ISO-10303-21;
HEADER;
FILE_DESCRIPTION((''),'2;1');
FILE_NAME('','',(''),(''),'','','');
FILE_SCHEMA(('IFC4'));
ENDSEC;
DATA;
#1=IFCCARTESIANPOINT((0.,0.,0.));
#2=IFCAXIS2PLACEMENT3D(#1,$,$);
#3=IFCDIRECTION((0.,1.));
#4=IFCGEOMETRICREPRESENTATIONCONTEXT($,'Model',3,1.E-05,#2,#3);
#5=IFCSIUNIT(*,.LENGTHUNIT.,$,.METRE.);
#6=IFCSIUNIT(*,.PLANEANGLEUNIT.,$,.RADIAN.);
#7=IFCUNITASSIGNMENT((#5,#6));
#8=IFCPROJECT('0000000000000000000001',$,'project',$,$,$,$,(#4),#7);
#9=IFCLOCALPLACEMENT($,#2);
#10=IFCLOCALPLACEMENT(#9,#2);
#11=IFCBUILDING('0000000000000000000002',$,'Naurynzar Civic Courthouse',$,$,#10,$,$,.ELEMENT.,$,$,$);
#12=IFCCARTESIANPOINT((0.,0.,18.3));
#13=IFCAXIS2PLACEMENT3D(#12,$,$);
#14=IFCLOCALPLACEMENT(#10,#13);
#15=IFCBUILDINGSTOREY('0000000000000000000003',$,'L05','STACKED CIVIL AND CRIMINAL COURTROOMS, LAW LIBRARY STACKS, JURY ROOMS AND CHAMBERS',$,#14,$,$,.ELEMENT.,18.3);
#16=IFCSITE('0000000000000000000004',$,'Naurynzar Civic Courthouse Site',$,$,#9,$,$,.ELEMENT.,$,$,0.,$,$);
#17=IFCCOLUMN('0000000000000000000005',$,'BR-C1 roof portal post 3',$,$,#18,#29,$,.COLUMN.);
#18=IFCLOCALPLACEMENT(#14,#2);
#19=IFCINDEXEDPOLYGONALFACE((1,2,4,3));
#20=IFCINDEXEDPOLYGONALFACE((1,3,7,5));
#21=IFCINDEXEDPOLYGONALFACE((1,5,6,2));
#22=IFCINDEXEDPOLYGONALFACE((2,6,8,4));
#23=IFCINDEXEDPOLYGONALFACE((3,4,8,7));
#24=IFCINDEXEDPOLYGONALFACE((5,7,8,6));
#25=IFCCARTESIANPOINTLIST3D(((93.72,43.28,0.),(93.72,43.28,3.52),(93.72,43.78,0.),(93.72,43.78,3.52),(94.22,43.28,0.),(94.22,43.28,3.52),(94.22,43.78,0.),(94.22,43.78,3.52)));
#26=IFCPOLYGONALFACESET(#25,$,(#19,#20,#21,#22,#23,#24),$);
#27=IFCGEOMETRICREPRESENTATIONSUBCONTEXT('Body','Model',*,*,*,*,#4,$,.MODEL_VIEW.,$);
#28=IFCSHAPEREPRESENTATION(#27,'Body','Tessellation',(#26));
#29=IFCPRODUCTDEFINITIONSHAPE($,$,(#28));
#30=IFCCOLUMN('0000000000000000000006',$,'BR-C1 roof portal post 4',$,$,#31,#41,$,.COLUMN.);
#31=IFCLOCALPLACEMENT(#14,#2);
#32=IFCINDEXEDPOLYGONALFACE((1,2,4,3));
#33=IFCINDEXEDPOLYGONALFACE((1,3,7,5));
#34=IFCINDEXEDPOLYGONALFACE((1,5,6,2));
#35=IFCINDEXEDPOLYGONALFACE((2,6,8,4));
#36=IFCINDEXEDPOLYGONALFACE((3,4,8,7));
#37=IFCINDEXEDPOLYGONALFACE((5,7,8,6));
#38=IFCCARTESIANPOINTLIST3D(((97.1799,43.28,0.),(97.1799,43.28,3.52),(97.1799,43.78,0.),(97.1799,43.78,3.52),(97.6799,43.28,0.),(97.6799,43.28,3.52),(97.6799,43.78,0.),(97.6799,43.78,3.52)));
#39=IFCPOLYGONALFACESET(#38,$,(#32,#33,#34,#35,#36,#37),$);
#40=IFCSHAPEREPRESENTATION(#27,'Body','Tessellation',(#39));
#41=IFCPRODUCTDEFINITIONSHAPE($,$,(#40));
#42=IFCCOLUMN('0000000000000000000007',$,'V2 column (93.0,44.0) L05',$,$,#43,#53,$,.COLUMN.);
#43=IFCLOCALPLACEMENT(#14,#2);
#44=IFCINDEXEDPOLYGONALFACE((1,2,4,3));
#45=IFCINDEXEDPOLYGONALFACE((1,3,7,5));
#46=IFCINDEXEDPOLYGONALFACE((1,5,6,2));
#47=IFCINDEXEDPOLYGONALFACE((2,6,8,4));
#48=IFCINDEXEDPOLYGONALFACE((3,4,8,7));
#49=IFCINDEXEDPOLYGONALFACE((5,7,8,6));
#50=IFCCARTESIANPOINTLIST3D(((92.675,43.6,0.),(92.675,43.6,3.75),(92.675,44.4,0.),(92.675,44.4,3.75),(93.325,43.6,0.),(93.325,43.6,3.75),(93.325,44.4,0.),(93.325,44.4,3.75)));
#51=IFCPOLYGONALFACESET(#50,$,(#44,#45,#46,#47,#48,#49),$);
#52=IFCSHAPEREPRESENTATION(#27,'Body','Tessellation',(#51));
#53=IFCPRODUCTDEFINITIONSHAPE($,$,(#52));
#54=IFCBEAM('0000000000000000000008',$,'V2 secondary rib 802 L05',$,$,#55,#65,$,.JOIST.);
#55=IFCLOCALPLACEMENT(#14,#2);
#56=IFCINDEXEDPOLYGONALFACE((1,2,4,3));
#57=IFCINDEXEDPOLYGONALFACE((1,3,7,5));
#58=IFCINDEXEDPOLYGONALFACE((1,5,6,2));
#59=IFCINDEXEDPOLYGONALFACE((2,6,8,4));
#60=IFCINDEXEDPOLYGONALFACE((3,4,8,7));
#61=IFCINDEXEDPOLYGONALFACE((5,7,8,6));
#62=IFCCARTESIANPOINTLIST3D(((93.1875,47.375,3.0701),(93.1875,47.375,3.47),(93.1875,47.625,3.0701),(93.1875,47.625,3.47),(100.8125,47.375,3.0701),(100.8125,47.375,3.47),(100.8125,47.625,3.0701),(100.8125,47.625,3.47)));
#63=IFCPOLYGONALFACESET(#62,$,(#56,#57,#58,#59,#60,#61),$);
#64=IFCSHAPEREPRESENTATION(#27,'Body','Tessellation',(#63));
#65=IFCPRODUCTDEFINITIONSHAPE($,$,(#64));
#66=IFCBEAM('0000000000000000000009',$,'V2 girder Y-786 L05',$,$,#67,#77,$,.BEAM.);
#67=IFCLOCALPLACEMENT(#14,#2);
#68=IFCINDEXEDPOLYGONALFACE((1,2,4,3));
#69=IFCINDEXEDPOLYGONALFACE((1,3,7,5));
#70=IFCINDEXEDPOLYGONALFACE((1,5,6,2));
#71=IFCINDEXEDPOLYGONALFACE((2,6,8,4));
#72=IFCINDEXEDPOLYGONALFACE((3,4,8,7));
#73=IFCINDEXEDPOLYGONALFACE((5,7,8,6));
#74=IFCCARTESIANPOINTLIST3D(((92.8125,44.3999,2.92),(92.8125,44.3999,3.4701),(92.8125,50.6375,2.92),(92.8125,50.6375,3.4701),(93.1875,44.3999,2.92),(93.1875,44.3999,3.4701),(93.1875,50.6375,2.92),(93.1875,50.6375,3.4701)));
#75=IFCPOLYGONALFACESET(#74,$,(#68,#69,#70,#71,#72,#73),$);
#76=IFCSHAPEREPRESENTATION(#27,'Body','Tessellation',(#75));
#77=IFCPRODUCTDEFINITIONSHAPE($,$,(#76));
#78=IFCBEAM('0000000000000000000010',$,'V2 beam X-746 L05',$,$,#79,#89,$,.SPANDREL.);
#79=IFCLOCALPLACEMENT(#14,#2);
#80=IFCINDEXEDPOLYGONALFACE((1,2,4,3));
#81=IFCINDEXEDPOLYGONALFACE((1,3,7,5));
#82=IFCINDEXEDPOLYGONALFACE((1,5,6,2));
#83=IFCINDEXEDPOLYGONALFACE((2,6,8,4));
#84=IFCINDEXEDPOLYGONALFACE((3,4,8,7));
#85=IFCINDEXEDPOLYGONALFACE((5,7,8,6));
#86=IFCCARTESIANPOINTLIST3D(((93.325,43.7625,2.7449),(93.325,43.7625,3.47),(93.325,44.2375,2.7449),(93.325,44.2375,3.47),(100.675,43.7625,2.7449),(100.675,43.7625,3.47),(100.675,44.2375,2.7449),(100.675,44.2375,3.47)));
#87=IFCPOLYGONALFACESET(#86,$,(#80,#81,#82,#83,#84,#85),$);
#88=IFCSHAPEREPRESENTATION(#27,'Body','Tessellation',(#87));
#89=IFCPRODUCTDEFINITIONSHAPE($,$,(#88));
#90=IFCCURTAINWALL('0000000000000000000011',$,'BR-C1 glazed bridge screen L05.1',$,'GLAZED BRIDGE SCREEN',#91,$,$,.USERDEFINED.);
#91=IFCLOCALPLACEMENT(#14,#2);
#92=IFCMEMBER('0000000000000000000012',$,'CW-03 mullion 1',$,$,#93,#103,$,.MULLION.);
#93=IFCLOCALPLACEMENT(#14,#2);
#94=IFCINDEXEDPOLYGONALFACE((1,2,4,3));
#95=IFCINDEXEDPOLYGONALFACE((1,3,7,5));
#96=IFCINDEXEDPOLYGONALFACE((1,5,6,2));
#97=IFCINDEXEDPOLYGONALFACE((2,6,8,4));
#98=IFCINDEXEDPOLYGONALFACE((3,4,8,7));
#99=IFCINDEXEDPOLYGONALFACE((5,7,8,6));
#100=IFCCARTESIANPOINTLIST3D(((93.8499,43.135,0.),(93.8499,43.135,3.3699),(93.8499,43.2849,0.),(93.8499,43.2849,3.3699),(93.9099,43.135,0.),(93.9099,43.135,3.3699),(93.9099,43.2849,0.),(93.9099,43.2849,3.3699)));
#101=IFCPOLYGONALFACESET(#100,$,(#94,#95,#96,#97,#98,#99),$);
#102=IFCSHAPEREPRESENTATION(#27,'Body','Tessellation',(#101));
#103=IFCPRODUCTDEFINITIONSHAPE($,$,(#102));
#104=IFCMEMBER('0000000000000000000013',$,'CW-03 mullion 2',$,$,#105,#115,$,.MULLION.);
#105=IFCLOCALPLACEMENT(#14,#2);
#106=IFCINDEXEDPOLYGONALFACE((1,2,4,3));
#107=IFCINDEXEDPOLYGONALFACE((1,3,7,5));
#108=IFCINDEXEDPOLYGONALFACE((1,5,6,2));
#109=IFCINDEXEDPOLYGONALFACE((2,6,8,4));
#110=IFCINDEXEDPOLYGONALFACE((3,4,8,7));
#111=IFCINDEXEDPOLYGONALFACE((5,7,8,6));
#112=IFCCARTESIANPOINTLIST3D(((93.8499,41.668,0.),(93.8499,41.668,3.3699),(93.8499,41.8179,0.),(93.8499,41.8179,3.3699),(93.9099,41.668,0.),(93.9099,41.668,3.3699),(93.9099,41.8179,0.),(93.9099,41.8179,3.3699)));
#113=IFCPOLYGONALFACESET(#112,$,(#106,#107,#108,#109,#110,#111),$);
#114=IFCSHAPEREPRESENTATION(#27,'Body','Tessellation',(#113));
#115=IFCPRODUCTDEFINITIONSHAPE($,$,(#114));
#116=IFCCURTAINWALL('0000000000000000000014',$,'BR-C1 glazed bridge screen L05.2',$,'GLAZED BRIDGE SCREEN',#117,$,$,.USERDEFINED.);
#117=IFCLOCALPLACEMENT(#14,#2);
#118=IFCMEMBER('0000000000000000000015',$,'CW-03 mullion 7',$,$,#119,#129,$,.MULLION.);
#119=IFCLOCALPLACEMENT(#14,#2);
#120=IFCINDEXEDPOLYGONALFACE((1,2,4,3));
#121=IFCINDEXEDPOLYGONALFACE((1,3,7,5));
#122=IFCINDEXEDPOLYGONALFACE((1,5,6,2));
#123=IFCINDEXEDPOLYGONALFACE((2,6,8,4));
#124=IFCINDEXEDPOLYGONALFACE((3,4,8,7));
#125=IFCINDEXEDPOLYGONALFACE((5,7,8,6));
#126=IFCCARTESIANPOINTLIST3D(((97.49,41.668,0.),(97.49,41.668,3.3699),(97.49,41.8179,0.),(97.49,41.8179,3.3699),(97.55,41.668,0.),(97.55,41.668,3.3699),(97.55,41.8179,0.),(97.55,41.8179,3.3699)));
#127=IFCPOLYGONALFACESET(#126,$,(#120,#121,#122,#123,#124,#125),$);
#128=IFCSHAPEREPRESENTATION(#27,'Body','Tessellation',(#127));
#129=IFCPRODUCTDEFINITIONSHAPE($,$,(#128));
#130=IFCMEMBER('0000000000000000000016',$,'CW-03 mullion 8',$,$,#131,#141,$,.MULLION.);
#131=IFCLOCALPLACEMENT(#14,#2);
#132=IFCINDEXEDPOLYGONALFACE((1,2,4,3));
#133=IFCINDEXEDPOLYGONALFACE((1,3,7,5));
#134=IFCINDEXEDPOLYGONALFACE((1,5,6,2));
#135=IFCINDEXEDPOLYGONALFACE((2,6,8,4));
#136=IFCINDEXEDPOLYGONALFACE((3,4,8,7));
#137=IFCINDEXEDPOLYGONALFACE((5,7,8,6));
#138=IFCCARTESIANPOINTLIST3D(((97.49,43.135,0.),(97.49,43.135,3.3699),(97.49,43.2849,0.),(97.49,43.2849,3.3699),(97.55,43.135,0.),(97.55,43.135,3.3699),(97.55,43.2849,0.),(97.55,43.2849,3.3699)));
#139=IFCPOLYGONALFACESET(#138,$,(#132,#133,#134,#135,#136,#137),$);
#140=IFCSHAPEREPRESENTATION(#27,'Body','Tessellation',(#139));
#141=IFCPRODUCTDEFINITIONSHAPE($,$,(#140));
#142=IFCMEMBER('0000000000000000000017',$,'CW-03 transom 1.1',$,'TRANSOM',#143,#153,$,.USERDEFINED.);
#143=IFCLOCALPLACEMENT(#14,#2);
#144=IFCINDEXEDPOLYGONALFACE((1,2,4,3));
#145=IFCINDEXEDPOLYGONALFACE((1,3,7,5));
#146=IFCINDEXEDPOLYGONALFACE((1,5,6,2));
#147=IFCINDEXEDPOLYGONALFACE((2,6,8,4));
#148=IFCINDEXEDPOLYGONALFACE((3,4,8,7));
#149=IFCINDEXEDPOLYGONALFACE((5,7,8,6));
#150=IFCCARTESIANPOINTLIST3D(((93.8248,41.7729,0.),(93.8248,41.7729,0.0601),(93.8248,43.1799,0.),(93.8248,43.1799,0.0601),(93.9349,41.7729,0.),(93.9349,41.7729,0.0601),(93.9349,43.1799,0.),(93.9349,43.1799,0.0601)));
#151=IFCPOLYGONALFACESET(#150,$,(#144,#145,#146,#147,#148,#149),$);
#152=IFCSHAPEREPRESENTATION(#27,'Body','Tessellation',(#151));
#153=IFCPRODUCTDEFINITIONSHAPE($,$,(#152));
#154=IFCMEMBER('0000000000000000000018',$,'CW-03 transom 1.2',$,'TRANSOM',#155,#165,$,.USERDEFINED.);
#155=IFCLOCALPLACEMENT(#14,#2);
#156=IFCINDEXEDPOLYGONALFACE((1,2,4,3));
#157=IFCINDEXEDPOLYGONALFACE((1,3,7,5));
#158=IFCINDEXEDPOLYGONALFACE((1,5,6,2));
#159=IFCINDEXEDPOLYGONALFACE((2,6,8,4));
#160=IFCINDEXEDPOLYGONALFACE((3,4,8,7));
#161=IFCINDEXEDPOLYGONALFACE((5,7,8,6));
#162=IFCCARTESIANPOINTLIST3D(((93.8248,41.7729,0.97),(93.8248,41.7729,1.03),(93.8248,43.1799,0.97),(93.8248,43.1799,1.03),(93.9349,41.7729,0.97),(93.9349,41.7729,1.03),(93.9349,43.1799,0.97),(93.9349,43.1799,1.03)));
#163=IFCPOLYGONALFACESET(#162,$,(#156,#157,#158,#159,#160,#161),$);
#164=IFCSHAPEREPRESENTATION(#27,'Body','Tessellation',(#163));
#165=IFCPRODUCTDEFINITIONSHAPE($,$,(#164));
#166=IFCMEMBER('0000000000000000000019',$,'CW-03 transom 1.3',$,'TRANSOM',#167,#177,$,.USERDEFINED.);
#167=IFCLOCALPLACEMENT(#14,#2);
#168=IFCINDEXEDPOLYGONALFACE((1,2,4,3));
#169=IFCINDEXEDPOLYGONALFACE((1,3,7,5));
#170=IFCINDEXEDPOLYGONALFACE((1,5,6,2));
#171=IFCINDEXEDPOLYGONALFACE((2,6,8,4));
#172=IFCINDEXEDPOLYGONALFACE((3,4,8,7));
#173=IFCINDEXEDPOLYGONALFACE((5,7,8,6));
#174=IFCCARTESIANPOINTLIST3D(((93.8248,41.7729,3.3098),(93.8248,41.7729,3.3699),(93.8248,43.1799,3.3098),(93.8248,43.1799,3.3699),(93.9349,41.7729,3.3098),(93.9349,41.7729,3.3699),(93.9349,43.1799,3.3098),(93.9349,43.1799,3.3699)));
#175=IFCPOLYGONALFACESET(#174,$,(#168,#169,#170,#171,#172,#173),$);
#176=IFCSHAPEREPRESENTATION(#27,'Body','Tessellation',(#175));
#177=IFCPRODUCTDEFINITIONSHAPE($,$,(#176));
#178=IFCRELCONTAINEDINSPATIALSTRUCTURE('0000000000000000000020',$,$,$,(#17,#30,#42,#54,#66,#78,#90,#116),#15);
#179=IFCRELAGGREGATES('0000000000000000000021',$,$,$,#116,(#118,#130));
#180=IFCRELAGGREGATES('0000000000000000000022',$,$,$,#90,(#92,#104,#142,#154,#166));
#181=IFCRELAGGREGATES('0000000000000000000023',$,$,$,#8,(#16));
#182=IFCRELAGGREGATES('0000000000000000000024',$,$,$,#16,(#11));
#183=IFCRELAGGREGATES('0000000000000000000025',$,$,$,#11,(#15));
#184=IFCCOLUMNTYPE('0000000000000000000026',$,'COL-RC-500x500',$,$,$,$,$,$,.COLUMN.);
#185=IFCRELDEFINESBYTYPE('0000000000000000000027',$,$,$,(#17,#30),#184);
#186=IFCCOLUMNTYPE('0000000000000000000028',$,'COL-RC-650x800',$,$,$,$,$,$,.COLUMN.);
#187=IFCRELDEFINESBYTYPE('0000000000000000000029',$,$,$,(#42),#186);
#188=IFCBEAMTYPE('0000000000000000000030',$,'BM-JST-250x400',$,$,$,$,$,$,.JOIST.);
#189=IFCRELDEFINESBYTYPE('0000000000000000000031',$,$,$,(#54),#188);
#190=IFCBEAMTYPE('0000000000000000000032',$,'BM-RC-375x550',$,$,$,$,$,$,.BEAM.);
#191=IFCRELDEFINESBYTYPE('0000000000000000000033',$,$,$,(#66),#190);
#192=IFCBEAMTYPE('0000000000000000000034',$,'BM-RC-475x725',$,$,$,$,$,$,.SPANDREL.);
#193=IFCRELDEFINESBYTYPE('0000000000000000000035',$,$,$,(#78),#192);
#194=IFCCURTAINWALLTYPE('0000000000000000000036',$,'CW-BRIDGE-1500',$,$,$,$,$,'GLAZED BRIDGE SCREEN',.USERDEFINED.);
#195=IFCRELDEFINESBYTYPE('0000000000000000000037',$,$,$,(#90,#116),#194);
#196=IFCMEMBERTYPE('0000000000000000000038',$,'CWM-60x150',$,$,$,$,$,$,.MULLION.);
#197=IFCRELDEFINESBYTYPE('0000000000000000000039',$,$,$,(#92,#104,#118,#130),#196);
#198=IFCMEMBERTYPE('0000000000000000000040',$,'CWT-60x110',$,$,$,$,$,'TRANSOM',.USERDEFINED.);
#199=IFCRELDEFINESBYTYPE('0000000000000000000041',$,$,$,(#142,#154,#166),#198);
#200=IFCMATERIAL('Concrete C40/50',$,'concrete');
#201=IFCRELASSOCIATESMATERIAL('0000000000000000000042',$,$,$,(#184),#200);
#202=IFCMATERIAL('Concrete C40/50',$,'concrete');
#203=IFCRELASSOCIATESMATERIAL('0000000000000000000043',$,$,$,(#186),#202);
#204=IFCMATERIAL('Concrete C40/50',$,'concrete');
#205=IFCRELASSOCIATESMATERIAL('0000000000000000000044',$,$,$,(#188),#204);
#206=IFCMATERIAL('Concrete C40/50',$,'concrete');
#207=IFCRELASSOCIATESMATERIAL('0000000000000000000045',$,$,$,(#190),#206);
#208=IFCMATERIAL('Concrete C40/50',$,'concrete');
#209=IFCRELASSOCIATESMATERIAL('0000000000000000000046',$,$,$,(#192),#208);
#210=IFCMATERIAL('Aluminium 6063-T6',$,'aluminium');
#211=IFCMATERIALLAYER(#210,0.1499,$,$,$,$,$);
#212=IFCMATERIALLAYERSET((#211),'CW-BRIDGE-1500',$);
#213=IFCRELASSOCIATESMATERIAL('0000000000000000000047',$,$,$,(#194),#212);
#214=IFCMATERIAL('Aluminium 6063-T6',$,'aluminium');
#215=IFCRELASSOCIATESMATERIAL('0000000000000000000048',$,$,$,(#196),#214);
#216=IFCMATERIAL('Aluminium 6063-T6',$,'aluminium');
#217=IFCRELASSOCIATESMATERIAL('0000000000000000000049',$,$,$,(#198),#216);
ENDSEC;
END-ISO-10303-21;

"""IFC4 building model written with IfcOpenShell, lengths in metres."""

from ifc_helpers import new_model, si_unit, direction, frame, origin, origin_2d, place, context, subcontext, project, spatial, rectangle, extrude, material, layer, layer_set, material_profile, profile_set, type_object, element, aggregate, save


model = new_model("IFC4")

# Units and contexts
model_context = context("Model", 3, precision=1e-05, world=origin(), true_north=direction((0.0, 1.0)))
body_context = subcontext(model_context, "Body", "Model", "MODEL_VIEW")
ifc_project = project(units=[si_unit("LENGTHUNIT", "METRE"), si_unit("PLANEANGLEUNIT", "RADIAN")], contexts=[model_context])

# Site, building, storey
site_placement = place(None, origin())
site = spatial("IfcSite", under=ifc_project, at=site_placement, Name="Naurynzar Civic Courthouse Site", CompositionType="ELEMENT", RefElevation=0.0)
building_placement = place(site_placement, origin())
building = spatial("IfcBuilding", under=site, at=building_placement, Name="Naurynzar Civic Courthouse", CompositionType="ELEMENT")
storey_placement = place(building_placement, frame((0.0, 0.0, 18.3)))
storey = spatial("IfcBuildingStorey", under=building, at=storey_placement, Name="L05", Description="STACKED CIVIL AND CRIMINAL COURTROOMS, LAW LIBRARY STACKS, JURY ROOMS AND CHAMBERS", CompositionType="ELEMENT", Elevation=18.3)

# Columns
ifc_material_1 = material(Name="Concrete C40/50", Category="concrete")
ifc_material_profile_1 = material_profile(ifc_material_1, rectangle(XDim=0.5, YDim=0.5, at=origin_2d()), Name="RC 500x500")
ifc_profile_set_1 = profile_set([ifc_material_profile_1], Name="Concrete C40/50")
column_type_1 = type_object("IfcColumnType", Name="COL-RC-500x500", PredefinedType="COLUMN", material=ifc_profile_set_1)
for number, where, z_axis, x_axis, name in (
    (1, (93.97, 43.53, 0.0), (0.0, 0.0, 1.0), (1.0, 0.0, 0.0), "BR-C1 roof portal post 3"),
    (2, (97.4299, 43.53, 0.0), (0.0, 0.0, 1.0), (1.0, 0.0, 0.0), "BR-C1 roof portal post 4"),
):
    element("IfcColumn", number, at=place(storey_placement, frame(where, z_axis=z_axis, x_axis=x_axis)), inside=storey, type_object=column_type_1, Name=name, PredefinedType="COLUMN", context=body_context, shape_type="SweptSolid", body=[
        extrude(rectangle(XDim=0.5, YDim=0.5, at=origin_2d()), origin(), (0.0, 0.0, 1.0), 3.52),
    ])
ifc_material_2 = material(Name="Concrete C40/50", Category="concrete")
ifc_material_profile_2 = material_profile(ifc_material_2, rectangle(XDim=0.6499, YDim=0.8, at=origin_2d()), Name="RC 650x800")
ifc_profile_set_2 = profile_set([ifc_material_profile_2], Name="Concrete C40/50")
column_type_2 = type_object("IfcColumnType", Name="COL-RC-650x800", PredefinedType="COLUMN", material=ifc_profile_set_2)
column_placement = place(storey_placement, frame((93.0, 44.0, 0.0), z_axis=(0.0, 0.0, 1.0), x_axis=(1.0, 0.0, 0.0)))
element("IfcColumn", 3, at=column_placement, inside=storey, type_object=column_type_2, Name="V2 column (93.0,44.0) L05", PredefinedType="COLUMN", context=body_context, shape_type="SweptSolid", body=[
    extrude(rectangle(XDim=0.6499, YDim=0.8, at=origin_2d()), origin(), (0.0, 0.0, 1.0), 3.75),
])

# Beams
ifc_material_3 = material(Name="Concrete C40/50", Category="concrete")
ifc_material_profile_3 = material_profile(ifc_material_3, rectangle(XDim=0.25, YDim=0.3999, at=origin_2d()), Name="RCB 250x400")
ifc_profile_set_3 = profile_set([ifc_material_profile_3], Name="Concrete C40/50")
beam_type_1 = type_object("IfcBeamType", Name="BM-JST-250x400", PredefinedType="JOIST", material=ifc_profile_set_3)
beam_1_placement = place(storey_placement, frame((93.1875, 47.5, 3.27), z_axis=(1.0, 0.0, 0.0), x_axis=(0.0, 1.0, 0.0)))
element("IfcBeam", 4, at=beam_1_placement, inside=storey, type_object=beam_type_1, Name="V2 secondary rib 802 L05", PredefinedType="JOIST", context=body_context, shape_type="SweptSolid", body=[
    extrude(rectangle(XDim=0.25, YDim=0.3999, at=origin_2d()), origin(), (0.0, 0.0, 1.0), 7.625),
])
ifc_material_4 = material(Name="Concrete C40/50", Category="concrete")
ifc_material_profile_4 = material_profile(ifc_material_4, rectangle(XDim=0.375, YDim=0.55, at=origin_2d()), Name="RCB 375x550")
ifc_profile_set_4 = profile_set([ifc_material_profile_4], Name="Concrete C40/50")
beam_type_2 = type_object("IfcBeamType", Name="BM-RC-375x550", PredefinedType="BEAM", material=ifc_profile_set_4)
beam_2_placement = place(storey_placement, frame((93.0, 44.3999, 3.1951), z_axis=(0.0, 1.0, 0.0), x_axis=(-1.0, 0.0, 0.0)))
element("IfcBeam", 5, at=beam_2_placement, inside=storey, type_object=beam_type_2, Name="V2 girder Y-786 L05", PredefinedType="BEAM", context=body_context, shape_type="SweptSolid", body=[
    extrude(rectangle(XDim=0.375, YDim=0.55, at=origin_2d()), origin(), (0.0, 0.0, 1.0), 6.2375),
])
ifc_material_5 = material(Name="Concrete C40/50", Category="concrete")
ifc_material_profile_5 = material_profile(ifc_material_5, rectangle(XDim=0.4751, YDim=0.7251, at=origin_2d()), Name="RCB 475x725")
ifc_profile_set_5 = profile_set([ifc_material_profile_5], Name="Concrete C40/50")
beam_type_3 = type_object("IfcBeamType", Name="BM-RC-475x725", PredefinedType="SPANDREL", material=ifc_profile_set_5)
beam_3_placement = place(storey_placement, frame((93.325, 44.0, 3.1074), z_axis=(1.0, 0.0, 0.0), x_axis=(0.0, 1.0, 0.0)))
element("IfcBeam", 6, at=beam_3_placement, inside=storey, type_object=beam_type_3, Name="V2 beam X-746 L05", PredefinedType="SPANDREL", context=body_context, shape_type="SweptSolid", body=[
    extrude(rectangle(XDim=0.4751, YDim=0.7251, at=origin_2d()), origin(), (0.0, 0.0, 1.0), 7.3501),
])

# Curtain walls, members
ifc_material_6 = material(Name="Aluminium 6063-T6", Category="aluminium")
ifc_layer_1 = layer(ifc_material_6, 0.1499)
ifc_layer_set_1 = layer_set([ifc_layer_1], Name="CW-BRIDGE-1500")
curtain_wall_type = type_object("IfcCurtainWallType", Name="CW-BRIDGE-1500", ElementType="GLAZED BRIDGE SCREEN", PredefinedType="USERDEFINED", material=ifc_layer_set_1)
curtain_wall_1_placement = place(storey_placement, origin())
curtain_wall_1 = element("IfcCurtainWall", 7, at=curtain_wall_1_placement, inside=storey, type_object=curtain_wall_type, Name="BR-C1 glazed bridge screen L05.1", ObjectType="GLAZED BRIDGE SCREEN", PredefinedType="USERDEFINED")
ifc_material_7 = material(Name="Aluminium 6063-T6", Category="aluminium")
ifc_material_profile_6 = material_profile(ifc_material_7, rectangle(XDim=0.0601, YDim=0.1499, at=origin_2d()), Name="ALU MULLION 60x150")
ifc_profile_set_6 = profile_set([ifc_material_profile_6], Name="Aluminium 6063-T6")
member_type_1 = type_object("IfcMemberType", Name="CWM-60x150", PredefinedType="MULLION", material=ifc_profile_set_6)
member_1_placement = place(storey_placement, frame((93.8799, 43.21, 0.0), z_axis=(0.0, 0.0, 1.0), x_axis=(1.0, 0.0, 0.0)))
member_1 = element("IfcMember", 8, at=member_1_placement, type_object=member_type_1, Name="CW-03 mullion 1", PredefinedType="MULLION", context=body_context, shape_type="SweptSolid", body=[
    extrude(rectangle(XDim=0.0601, YDim=0.1499, at=origin_2d()), origin(), (0.0, 0.0, 1.0), 3.3699),
])
member_2_placement = place(storey_placement, frame((93.8799, 41.7429, 0.0), z_axis=(0.0, 0.0, 1.0), x_axis=(1.0, 0.0, 0.0)))
member_2 = element("IfcMember", 9, at=member_2_placement, type_object=member_type_1, Name="CW-03 mullion 2", PredefinedType="MULLION", context=body_context, shape_type="SweptSolid", body=[
    extrude(rectangle(XDim=0.0601, YDim=0.1499, at=origin_2d()), origin(), (0.0, 0.0, 1.0), 3.3699),
])
curtain_wall_2_placement = place(storey_placement, origin())
curtain_wall_2 = element("IfcCurtainWall", 10, at=curtain_wall_2_placement, inside=storey, type_object=curtain_wall_type, Name="BR-C1 glazed bridge screen L05.2", ObjectType="GLAZED BRIDGE SCREEN", PredefinedType="USERDEFINED")
member_3_placement = place(storey_placement, frame((97.52, 41.7429, 0.0), z_axis=(0.0, 0.0, 1.0), x_axis=(-1.0, 0.0, 0.0)))
member_3 = element("IfcMember", 11, at=member_3_placement, type_object=member_type_1, Name="CW-03 mullion 7", PredefinedType="MULLION", context=body_context, shape_type="SweptSolid", body=[
    extrude(rectangle(XDim=0.0601, YDim=0.1499, at=origin_2d()), origin(), (0.0, 0.0, 1.0), 3.3699),
])
member_4_placement = place(storey_placement, frame((97.52, 43.21, 0.0), z_axis=(0.0, 0.0, 1.0), x_axis=(-1.0, 0.0, 0.0)))
member_4 = element("IfcMember", 12, at=member_4_placement, type_object=member_type_1, Name="CW-03 mullion 8", PredefinedType="MULLION", context=body_context, shape_type="SweptSolid", body=[
    extrude(rectangle(XDim=0.0601, YDim=0.1499, at=origin_2d()), origin(), (0.0, 0.0, 1.0), 3.3699),
])
aggregate(curtain_wall_2, [member_3, member_4])

# Members
ifc_material_8 = material(Name="Aluminium 6063-T6", Category="aluminium")
ifc_material_profile_7 = material_profile(ifc_material_8, rectangle(XDim=0.1101, YDim=0.0601, at=origin_2d()), Name="ALU TRANSOM 60x110")
ifc_profile_set_7 = profile_set([ifc_material_profile_7], Name="Aluminium 6063-T6")
member_type_2 = type_object("IfcMemberType", Name="CWT-60x110", ElementType="TRANSOM", PredefinedType="USERDEFINED", material=ifc_profile_set_7)
member_5_placement = place(storey_placement, frame((93.8799, 43.1799, 0.03), z_axis=(0.0, -1.0, 0.0), x_axis=(1.0, 0.0, 0.0)))
member_5 = element("IfcMember", 13, at=member_5_placement, type_object=member_type_2, Name="CW-03 transom 1.1", ObjectType="TRANSOM", PredefinedType="USERDEFINED", context=body_context, shape_type="SweptSolid", body=[
    extrude(rectangle(XDim=0.1101, YDim=0.0601, at=origin_2d()), origin(), (0.0, 0.0, 1.0), 1.407),
])
member_6_placement = place(storey_placement, frame((93.8799, 43.1799, 1.0), z_axis=(0.0, -1.0, 0.0), x_axis=(1.0, 0.0, 0.0)))
member_6 = element("IfcMember", 14, at=member_6_placement, type_object=member_type_2, Name="CW-03 transom 1.2", ObjectType="TRANSOM", PredefinedType="USERDEFINED", context=body_context, shape_type="SweptSolid", body=[
    extrude(rectangle(XDim=0.1101, YDim=0.0601, at=origin_2d()), origin(), (0.0, 0.0, 1.0), 1.407),
])
member_7_placement = place(storey_placement, frame((93.8799, 43.1799, 3.3398), z_axis=(0.0, -1.0, 0.0), x_axis=(1.0, 0.0, 0.0)))
member_7 = element("IfcMember", 15, at=member_7_placement, type_object=member_type_2, Name="CW-03 transom 1.3", ObjectType="TRANSOM", PredefinedType="USERDEFINED", context=body_context, shape_type="SweptSolid", body=[
    extrude(rectangle(XDim=0.1101, YDim=0.0601, at=origin_2d()), origin(), (0.0, 0.0, 1.0), 1.407),
])

aggregate(curtain_wall_1, [member_1, member_2, member_5, member_6, member_7])

save(model, "model.ifc")
